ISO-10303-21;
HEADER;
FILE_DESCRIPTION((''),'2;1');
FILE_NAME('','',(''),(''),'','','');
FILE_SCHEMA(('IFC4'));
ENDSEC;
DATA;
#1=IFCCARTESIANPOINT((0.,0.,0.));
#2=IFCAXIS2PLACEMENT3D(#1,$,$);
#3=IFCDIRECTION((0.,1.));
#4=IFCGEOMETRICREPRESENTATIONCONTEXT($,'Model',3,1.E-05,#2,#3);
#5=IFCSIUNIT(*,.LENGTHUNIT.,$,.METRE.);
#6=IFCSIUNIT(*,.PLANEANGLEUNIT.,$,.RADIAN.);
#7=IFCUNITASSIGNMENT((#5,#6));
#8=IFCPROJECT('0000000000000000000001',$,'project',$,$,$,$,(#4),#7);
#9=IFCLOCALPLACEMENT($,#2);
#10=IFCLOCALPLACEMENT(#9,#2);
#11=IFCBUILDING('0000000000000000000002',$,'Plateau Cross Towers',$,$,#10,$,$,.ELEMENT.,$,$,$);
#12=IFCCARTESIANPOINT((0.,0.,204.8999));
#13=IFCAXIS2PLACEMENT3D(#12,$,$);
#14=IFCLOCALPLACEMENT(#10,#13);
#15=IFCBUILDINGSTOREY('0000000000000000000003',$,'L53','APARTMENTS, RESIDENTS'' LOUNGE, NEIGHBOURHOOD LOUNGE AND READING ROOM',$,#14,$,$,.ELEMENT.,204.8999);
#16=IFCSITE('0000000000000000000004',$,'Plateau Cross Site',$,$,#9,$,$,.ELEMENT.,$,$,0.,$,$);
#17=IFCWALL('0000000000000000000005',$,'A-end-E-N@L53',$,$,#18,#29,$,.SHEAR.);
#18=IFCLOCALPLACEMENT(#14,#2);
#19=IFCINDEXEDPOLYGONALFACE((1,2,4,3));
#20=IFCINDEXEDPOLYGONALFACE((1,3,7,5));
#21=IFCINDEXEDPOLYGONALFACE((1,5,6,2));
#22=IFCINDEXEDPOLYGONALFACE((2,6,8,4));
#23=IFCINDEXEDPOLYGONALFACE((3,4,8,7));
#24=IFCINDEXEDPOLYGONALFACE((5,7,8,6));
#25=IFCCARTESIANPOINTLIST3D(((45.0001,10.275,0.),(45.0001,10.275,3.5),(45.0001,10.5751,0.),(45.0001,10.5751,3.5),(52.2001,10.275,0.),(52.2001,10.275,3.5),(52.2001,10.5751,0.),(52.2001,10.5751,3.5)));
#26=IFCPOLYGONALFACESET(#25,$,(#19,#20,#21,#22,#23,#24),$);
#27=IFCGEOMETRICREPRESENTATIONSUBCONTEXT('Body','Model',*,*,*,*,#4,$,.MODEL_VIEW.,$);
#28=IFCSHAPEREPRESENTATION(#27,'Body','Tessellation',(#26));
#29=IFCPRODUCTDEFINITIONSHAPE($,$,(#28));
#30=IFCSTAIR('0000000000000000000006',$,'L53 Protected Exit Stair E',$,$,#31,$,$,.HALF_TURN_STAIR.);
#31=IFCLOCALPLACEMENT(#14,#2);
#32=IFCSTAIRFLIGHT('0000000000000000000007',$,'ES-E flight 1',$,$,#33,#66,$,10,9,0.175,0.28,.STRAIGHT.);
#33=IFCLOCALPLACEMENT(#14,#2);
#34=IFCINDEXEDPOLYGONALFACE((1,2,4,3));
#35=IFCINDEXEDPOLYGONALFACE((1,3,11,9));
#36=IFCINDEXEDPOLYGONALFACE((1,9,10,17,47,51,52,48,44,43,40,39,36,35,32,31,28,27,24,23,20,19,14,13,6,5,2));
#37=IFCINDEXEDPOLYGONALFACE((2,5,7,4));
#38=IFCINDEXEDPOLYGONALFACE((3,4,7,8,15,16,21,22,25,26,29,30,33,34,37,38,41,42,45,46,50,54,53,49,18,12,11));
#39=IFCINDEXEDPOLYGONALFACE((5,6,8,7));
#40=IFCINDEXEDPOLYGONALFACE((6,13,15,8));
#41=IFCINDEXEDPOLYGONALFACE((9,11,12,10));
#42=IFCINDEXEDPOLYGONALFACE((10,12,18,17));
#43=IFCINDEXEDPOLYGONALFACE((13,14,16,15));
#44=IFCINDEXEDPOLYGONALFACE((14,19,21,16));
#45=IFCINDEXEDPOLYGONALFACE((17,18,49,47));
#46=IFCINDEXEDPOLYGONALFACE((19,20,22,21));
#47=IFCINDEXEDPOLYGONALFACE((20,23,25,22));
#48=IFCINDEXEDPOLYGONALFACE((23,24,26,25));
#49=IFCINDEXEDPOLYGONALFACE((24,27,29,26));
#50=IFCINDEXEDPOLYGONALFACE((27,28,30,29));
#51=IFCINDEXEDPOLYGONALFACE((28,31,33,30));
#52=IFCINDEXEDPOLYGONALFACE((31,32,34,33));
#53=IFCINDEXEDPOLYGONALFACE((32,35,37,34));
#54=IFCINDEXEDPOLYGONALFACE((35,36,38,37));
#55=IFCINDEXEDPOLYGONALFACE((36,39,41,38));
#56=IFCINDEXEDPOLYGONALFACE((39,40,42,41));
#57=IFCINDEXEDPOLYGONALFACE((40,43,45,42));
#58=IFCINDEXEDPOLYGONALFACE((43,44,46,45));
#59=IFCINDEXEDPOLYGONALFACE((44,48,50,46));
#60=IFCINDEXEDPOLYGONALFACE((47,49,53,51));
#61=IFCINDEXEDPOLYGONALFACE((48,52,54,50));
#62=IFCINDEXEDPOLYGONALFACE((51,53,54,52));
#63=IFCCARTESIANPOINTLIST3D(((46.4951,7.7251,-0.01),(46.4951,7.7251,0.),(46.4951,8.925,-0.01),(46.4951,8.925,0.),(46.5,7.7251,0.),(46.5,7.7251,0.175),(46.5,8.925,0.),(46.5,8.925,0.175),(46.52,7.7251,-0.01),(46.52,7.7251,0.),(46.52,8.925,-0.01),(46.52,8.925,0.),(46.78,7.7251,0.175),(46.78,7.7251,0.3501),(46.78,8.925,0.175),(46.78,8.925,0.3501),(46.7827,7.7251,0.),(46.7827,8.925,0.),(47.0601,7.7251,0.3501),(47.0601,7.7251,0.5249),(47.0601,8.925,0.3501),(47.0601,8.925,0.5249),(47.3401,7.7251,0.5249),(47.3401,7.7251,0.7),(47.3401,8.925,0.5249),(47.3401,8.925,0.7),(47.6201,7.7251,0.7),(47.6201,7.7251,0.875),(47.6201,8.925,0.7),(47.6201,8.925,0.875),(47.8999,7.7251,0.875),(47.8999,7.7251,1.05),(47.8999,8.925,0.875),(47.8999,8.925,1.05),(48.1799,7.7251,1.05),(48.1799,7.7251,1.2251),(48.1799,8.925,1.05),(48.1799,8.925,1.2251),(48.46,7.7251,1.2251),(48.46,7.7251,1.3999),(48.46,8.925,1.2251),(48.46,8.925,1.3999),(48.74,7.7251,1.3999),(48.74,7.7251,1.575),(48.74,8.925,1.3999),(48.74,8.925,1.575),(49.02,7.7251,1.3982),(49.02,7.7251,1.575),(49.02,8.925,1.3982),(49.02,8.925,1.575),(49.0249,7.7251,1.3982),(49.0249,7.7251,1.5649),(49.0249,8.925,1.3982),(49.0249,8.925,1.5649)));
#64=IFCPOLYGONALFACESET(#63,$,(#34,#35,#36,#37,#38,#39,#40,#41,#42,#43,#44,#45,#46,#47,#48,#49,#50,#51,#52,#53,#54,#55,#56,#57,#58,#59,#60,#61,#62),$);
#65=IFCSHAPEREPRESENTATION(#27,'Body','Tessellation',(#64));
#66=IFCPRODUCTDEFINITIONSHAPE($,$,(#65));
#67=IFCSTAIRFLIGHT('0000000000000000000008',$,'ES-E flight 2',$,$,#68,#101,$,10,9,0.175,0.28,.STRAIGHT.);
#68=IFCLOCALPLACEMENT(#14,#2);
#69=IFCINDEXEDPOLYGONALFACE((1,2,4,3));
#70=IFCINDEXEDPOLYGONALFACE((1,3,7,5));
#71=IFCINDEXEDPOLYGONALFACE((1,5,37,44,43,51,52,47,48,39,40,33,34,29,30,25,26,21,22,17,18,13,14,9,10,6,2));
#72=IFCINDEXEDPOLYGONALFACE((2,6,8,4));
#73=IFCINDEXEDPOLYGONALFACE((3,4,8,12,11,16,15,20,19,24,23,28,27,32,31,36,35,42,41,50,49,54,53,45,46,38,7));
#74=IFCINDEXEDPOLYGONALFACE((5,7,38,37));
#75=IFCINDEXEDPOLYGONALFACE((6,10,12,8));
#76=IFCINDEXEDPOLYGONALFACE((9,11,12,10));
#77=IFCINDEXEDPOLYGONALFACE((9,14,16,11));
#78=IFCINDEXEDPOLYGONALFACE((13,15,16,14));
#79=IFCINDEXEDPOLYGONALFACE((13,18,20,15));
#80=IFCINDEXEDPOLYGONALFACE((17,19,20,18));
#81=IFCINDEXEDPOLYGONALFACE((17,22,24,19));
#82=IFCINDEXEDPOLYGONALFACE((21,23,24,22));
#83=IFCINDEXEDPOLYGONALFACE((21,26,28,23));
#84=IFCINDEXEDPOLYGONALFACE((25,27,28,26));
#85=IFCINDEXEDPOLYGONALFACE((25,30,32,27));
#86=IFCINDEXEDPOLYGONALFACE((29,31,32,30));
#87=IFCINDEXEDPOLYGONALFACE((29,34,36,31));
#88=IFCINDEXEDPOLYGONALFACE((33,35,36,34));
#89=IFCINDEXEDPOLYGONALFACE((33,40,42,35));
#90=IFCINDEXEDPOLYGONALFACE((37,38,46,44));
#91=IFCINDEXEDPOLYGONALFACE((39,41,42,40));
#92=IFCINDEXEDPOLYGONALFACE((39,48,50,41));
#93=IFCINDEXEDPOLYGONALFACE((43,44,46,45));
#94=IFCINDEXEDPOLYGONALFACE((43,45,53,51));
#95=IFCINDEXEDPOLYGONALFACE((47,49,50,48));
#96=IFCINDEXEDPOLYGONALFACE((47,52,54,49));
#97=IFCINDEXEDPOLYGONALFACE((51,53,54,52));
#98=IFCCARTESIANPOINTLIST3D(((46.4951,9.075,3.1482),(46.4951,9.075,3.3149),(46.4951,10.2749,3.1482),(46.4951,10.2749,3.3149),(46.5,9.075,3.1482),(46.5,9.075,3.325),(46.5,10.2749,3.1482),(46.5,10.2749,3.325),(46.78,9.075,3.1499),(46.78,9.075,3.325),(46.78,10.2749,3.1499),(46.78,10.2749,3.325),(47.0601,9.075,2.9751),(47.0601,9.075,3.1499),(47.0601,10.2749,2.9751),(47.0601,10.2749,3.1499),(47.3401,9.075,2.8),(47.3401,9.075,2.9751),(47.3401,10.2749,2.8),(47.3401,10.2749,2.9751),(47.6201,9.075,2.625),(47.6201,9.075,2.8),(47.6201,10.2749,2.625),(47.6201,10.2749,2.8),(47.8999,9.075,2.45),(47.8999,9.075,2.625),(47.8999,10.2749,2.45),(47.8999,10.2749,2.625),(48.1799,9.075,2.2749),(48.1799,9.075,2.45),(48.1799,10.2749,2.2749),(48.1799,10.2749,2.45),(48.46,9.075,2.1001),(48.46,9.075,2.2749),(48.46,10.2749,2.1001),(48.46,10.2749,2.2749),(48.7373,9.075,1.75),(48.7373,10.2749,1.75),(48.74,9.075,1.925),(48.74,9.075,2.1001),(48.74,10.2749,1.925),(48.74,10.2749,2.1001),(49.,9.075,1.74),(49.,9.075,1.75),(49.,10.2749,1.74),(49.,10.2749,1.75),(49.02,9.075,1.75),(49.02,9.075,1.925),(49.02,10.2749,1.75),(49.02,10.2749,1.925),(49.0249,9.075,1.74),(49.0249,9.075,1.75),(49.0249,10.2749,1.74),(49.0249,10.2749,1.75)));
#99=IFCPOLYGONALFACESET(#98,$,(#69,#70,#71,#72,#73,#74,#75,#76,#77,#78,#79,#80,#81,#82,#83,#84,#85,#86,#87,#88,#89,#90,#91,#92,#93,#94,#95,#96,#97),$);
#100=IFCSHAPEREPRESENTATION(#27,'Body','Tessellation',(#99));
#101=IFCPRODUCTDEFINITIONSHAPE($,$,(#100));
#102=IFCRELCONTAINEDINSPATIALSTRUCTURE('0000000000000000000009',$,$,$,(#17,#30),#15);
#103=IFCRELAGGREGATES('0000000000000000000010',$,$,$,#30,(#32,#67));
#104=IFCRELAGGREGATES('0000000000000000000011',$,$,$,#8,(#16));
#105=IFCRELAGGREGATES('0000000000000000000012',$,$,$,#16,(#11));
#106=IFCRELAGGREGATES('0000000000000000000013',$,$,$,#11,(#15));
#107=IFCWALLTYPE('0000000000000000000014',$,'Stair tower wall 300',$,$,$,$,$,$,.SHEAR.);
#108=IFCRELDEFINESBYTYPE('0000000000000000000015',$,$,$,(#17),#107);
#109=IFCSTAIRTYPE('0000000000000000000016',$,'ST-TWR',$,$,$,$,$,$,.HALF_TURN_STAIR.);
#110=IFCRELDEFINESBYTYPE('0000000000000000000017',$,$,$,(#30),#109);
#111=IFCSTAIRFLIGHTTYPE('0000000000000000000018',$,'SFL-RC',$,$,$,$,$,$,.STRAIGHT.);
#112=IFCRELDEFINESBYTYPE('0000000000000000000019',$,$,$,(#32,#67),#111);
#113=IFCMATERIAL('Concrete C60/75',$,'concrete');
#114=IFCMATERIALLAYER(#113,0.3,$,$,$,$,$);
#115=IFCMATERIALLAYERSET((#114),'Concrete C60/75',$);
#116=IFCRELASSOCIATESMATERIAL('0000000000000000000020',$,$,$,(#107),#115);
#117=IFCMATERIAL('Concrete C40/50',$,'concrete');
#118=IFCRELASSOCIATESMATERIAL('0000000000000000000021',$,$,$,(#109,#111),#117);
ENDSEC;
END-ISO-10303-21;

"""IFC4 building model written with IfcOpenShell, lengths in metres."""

from ifc_helpers import new_model, si_unit, direction, frame, frame_2d, origin, place, context, subcontext, project, spatial, polyline, rectangle, outline, extrude, material, layer, layer_set, type_object, element, aggregate, save


model = new_model("IFC4")

# Units and contexts
model_context = context("Model", 3, precision=1e-05, world=origin(), true_north=direction((0.0, 1.0)))
body_context = subcontext(model_context, "Body", "Model", "MODEL_VIEW")
ifc_project = project(units=[si_unit("LENGTHUNIT", "METRE"), si_unit("PLANEANGLEUNIT", "RADIAN")], contexts=[model_context])

# Site, building, storey
site_placement = place(None, origin())
site = spatial("IfcSite", under=ifc_project, at=site_placement, Name="Plateau Cross Site", CompositionType="ELEMENT", RefElevation=0.0)
building_placement = place(site_placement, origin())
building = spatial("IfcBuilding", under=site, at=building_placement, Name="Plateau Cross Towers", CompositionType="ELEMENT")
storey_placement = place(building_placement, frame((0.0, 0.0, 204.8999)))
storey = spatial("IfcBuildingStorey", under=building, at=storey_placement, Name="L53", Description="APARTMENTS, RESIDENTS' LOUNGE, NEIGHBOURHOOD LOUNGE AND READING ROOM", CompositionType="ELEMENT", Elevation=204.8999)

# Shared definitions
ifc_material_1 = material(Name="Concrete C60/75", Category="concrete")
ifc_layer_1 = layer(ifc_material_1, 0.3)
ifc_layer_set_1 = layer_set([ifc_layer_1], Name="Concrete C60/75")
wall_type_1 = type_object("IfcWallType", Name="Stair tower wall 300", PredefinedType="SHEAR", material=ifc_layer_set_1)

# Wall
for number, where, z_axis, x_axis, name in (
    (1, (45.0, 10.425, 0.0), (0.0, 0.0, 1.0), (1.0, 0.0, 0.0), "A-end-E-N@L53"),
):
    element("IfcWall", number, at=place(storey_placement, frame(where, z_axis=z_axis, x_axis=x_axis)), inside=storey, type_object=wall_type_1, Name=name, PredefinedType="SHEAR", context=body_context, shape_type="SweptSolid", body=[
        extrude(rectangle(XDim=7.2, YDim=0.3, at=frame_2d((3.6001, 0.0))), origin(), (0.0, 0.0, 1.0), 3.5),
    ])

# Stair, stair flights
ifc_material_2 = material(Name="Concrete C40/50", Category="concrete")
stair_type = type_object("IfcStairType", Name="ST-TWR", PredefinedType="HALF_TURN_STAIR", material=ifc_material_2)
stair_placement = place(storey_placement, origin())
stair = element("IfcStair", 2, at=stair_placement, inside=storey, type_object=stair_type, Name="L53 Protected Exit Stair E", PredefinedType="HALF_TURN_STAIR")
stair_flight_type = type_object("IfcStairFlightType", Name="SFL-RC", PredefinedType="STRAIGHT", material=ifc_material_2)
stair_flight_1_placement = place(storey_placement, frame((46.5, 8.325, 0.0), z_axis=(0.0, 0.0, 1.0), x_axis=(1.0, 0.0, 0.0)))
stair_flight_1 = element("IfcStairFlight", 3, at=stair_flight_1_placement, type_object=stair_flight_type, Name="ES-E flight 1", NumberOfRisers=10, NumberOfTreads=9, PredefinedType="STRAIGHT", RiserHeight=0.175, TreadLength=0.28, context=body_context, shape_type="SweptSolid", body=[
    extrude(outline(polyline([(-0.0049, -0.01), (-0.0049, 0.0), (0.0, 0.0), (0.0, 0.175), (0.28, 0.175), (0.28, 0.3501), (0.5601, 0.3501), (0.5601, 0.5249), (0.8401, 0.5249), (0.8401, 0.7), (1.1201, 0.7), (1.1201, 0.875), (1.3999, 0.875), (1.3999, 1.05), (1.6799, 1.05), (1.6799, 1.2251), (1.96, 1.2251), (1.96, 1.3999), (2.24, 1.3999), (2.24, 1.575), (2.52, 1.575), (2.5249, 1.5649), (2.5249, 1.3982), (2.52, 1.3982), (0.2827, 0.0), (0.02, 0.0), (0.02, -0.01), (-0.0049, -0.01)])), frame((0.0, 0.6001, 0.0), z_axis=(0.0, -1.0, 0.0), x_axis=(1.0, 0.0, 0.0)), (0.0, 0.0, 1.0), 1.2),
])
stair_flight_2_placement = place(storey_placement, frame((49.02, 9.675, 1.75), z_axis=(0.0, 0.0, 1.0), x_axis=(-1.0, 0.0, 0.0)))
stair_flight_2 = element("IfcStairFlight", 4, at=stair_flight_2_placement, type_object=stair_flight_type, Name="ES-E flight 2", NumberOfRisers=10, NumberOfTreads=9, PredefinedType="STRAIGHT", RiserHeight=0.175, TreadLength=0.28, context=body_context, shape_type="SweptSolid", body=[
    extrude(outline(polyline([(-0.0049, -0.01), (-0.0049, 0.0), (0.0, 0.0), (0.0, 0.175), (0.28, 0.175), (0.28, 0.3501), (0.5601, 0.3501), (0.5601, 0.5249), (0.8401, 0.5249), (0.8401, 0.7), (1.1201, 0.7), (1.1201, 0.875), (1.3999, 0.875), (1.3999, 1.05), (1.6799, 1.05), (1.6799, 1.2251), (1.96, 1.2251), (1.96, 1.3999), (2.24, 1.3999), (2.24, 1.575), (2.52, 1.575), (2.5249, 1.5649), (2.5249, 1.3982), (2.52, 1.3982), (0.2827, 0.0), (0.02, 0.0), (0.02, -0.01), (-0.0049, -0.01)])), frame((0.0, 0.6001, 0.0), z_axis=(0.0, -1.0, 0.0), x_axis=(1.0, 0.0, 0.0)), (0.0, 0.0, 1.0), 1.2),
])
aggregate(stair, [stair_flight_1, stair_flight_2])

save(model, "model.ifc")
